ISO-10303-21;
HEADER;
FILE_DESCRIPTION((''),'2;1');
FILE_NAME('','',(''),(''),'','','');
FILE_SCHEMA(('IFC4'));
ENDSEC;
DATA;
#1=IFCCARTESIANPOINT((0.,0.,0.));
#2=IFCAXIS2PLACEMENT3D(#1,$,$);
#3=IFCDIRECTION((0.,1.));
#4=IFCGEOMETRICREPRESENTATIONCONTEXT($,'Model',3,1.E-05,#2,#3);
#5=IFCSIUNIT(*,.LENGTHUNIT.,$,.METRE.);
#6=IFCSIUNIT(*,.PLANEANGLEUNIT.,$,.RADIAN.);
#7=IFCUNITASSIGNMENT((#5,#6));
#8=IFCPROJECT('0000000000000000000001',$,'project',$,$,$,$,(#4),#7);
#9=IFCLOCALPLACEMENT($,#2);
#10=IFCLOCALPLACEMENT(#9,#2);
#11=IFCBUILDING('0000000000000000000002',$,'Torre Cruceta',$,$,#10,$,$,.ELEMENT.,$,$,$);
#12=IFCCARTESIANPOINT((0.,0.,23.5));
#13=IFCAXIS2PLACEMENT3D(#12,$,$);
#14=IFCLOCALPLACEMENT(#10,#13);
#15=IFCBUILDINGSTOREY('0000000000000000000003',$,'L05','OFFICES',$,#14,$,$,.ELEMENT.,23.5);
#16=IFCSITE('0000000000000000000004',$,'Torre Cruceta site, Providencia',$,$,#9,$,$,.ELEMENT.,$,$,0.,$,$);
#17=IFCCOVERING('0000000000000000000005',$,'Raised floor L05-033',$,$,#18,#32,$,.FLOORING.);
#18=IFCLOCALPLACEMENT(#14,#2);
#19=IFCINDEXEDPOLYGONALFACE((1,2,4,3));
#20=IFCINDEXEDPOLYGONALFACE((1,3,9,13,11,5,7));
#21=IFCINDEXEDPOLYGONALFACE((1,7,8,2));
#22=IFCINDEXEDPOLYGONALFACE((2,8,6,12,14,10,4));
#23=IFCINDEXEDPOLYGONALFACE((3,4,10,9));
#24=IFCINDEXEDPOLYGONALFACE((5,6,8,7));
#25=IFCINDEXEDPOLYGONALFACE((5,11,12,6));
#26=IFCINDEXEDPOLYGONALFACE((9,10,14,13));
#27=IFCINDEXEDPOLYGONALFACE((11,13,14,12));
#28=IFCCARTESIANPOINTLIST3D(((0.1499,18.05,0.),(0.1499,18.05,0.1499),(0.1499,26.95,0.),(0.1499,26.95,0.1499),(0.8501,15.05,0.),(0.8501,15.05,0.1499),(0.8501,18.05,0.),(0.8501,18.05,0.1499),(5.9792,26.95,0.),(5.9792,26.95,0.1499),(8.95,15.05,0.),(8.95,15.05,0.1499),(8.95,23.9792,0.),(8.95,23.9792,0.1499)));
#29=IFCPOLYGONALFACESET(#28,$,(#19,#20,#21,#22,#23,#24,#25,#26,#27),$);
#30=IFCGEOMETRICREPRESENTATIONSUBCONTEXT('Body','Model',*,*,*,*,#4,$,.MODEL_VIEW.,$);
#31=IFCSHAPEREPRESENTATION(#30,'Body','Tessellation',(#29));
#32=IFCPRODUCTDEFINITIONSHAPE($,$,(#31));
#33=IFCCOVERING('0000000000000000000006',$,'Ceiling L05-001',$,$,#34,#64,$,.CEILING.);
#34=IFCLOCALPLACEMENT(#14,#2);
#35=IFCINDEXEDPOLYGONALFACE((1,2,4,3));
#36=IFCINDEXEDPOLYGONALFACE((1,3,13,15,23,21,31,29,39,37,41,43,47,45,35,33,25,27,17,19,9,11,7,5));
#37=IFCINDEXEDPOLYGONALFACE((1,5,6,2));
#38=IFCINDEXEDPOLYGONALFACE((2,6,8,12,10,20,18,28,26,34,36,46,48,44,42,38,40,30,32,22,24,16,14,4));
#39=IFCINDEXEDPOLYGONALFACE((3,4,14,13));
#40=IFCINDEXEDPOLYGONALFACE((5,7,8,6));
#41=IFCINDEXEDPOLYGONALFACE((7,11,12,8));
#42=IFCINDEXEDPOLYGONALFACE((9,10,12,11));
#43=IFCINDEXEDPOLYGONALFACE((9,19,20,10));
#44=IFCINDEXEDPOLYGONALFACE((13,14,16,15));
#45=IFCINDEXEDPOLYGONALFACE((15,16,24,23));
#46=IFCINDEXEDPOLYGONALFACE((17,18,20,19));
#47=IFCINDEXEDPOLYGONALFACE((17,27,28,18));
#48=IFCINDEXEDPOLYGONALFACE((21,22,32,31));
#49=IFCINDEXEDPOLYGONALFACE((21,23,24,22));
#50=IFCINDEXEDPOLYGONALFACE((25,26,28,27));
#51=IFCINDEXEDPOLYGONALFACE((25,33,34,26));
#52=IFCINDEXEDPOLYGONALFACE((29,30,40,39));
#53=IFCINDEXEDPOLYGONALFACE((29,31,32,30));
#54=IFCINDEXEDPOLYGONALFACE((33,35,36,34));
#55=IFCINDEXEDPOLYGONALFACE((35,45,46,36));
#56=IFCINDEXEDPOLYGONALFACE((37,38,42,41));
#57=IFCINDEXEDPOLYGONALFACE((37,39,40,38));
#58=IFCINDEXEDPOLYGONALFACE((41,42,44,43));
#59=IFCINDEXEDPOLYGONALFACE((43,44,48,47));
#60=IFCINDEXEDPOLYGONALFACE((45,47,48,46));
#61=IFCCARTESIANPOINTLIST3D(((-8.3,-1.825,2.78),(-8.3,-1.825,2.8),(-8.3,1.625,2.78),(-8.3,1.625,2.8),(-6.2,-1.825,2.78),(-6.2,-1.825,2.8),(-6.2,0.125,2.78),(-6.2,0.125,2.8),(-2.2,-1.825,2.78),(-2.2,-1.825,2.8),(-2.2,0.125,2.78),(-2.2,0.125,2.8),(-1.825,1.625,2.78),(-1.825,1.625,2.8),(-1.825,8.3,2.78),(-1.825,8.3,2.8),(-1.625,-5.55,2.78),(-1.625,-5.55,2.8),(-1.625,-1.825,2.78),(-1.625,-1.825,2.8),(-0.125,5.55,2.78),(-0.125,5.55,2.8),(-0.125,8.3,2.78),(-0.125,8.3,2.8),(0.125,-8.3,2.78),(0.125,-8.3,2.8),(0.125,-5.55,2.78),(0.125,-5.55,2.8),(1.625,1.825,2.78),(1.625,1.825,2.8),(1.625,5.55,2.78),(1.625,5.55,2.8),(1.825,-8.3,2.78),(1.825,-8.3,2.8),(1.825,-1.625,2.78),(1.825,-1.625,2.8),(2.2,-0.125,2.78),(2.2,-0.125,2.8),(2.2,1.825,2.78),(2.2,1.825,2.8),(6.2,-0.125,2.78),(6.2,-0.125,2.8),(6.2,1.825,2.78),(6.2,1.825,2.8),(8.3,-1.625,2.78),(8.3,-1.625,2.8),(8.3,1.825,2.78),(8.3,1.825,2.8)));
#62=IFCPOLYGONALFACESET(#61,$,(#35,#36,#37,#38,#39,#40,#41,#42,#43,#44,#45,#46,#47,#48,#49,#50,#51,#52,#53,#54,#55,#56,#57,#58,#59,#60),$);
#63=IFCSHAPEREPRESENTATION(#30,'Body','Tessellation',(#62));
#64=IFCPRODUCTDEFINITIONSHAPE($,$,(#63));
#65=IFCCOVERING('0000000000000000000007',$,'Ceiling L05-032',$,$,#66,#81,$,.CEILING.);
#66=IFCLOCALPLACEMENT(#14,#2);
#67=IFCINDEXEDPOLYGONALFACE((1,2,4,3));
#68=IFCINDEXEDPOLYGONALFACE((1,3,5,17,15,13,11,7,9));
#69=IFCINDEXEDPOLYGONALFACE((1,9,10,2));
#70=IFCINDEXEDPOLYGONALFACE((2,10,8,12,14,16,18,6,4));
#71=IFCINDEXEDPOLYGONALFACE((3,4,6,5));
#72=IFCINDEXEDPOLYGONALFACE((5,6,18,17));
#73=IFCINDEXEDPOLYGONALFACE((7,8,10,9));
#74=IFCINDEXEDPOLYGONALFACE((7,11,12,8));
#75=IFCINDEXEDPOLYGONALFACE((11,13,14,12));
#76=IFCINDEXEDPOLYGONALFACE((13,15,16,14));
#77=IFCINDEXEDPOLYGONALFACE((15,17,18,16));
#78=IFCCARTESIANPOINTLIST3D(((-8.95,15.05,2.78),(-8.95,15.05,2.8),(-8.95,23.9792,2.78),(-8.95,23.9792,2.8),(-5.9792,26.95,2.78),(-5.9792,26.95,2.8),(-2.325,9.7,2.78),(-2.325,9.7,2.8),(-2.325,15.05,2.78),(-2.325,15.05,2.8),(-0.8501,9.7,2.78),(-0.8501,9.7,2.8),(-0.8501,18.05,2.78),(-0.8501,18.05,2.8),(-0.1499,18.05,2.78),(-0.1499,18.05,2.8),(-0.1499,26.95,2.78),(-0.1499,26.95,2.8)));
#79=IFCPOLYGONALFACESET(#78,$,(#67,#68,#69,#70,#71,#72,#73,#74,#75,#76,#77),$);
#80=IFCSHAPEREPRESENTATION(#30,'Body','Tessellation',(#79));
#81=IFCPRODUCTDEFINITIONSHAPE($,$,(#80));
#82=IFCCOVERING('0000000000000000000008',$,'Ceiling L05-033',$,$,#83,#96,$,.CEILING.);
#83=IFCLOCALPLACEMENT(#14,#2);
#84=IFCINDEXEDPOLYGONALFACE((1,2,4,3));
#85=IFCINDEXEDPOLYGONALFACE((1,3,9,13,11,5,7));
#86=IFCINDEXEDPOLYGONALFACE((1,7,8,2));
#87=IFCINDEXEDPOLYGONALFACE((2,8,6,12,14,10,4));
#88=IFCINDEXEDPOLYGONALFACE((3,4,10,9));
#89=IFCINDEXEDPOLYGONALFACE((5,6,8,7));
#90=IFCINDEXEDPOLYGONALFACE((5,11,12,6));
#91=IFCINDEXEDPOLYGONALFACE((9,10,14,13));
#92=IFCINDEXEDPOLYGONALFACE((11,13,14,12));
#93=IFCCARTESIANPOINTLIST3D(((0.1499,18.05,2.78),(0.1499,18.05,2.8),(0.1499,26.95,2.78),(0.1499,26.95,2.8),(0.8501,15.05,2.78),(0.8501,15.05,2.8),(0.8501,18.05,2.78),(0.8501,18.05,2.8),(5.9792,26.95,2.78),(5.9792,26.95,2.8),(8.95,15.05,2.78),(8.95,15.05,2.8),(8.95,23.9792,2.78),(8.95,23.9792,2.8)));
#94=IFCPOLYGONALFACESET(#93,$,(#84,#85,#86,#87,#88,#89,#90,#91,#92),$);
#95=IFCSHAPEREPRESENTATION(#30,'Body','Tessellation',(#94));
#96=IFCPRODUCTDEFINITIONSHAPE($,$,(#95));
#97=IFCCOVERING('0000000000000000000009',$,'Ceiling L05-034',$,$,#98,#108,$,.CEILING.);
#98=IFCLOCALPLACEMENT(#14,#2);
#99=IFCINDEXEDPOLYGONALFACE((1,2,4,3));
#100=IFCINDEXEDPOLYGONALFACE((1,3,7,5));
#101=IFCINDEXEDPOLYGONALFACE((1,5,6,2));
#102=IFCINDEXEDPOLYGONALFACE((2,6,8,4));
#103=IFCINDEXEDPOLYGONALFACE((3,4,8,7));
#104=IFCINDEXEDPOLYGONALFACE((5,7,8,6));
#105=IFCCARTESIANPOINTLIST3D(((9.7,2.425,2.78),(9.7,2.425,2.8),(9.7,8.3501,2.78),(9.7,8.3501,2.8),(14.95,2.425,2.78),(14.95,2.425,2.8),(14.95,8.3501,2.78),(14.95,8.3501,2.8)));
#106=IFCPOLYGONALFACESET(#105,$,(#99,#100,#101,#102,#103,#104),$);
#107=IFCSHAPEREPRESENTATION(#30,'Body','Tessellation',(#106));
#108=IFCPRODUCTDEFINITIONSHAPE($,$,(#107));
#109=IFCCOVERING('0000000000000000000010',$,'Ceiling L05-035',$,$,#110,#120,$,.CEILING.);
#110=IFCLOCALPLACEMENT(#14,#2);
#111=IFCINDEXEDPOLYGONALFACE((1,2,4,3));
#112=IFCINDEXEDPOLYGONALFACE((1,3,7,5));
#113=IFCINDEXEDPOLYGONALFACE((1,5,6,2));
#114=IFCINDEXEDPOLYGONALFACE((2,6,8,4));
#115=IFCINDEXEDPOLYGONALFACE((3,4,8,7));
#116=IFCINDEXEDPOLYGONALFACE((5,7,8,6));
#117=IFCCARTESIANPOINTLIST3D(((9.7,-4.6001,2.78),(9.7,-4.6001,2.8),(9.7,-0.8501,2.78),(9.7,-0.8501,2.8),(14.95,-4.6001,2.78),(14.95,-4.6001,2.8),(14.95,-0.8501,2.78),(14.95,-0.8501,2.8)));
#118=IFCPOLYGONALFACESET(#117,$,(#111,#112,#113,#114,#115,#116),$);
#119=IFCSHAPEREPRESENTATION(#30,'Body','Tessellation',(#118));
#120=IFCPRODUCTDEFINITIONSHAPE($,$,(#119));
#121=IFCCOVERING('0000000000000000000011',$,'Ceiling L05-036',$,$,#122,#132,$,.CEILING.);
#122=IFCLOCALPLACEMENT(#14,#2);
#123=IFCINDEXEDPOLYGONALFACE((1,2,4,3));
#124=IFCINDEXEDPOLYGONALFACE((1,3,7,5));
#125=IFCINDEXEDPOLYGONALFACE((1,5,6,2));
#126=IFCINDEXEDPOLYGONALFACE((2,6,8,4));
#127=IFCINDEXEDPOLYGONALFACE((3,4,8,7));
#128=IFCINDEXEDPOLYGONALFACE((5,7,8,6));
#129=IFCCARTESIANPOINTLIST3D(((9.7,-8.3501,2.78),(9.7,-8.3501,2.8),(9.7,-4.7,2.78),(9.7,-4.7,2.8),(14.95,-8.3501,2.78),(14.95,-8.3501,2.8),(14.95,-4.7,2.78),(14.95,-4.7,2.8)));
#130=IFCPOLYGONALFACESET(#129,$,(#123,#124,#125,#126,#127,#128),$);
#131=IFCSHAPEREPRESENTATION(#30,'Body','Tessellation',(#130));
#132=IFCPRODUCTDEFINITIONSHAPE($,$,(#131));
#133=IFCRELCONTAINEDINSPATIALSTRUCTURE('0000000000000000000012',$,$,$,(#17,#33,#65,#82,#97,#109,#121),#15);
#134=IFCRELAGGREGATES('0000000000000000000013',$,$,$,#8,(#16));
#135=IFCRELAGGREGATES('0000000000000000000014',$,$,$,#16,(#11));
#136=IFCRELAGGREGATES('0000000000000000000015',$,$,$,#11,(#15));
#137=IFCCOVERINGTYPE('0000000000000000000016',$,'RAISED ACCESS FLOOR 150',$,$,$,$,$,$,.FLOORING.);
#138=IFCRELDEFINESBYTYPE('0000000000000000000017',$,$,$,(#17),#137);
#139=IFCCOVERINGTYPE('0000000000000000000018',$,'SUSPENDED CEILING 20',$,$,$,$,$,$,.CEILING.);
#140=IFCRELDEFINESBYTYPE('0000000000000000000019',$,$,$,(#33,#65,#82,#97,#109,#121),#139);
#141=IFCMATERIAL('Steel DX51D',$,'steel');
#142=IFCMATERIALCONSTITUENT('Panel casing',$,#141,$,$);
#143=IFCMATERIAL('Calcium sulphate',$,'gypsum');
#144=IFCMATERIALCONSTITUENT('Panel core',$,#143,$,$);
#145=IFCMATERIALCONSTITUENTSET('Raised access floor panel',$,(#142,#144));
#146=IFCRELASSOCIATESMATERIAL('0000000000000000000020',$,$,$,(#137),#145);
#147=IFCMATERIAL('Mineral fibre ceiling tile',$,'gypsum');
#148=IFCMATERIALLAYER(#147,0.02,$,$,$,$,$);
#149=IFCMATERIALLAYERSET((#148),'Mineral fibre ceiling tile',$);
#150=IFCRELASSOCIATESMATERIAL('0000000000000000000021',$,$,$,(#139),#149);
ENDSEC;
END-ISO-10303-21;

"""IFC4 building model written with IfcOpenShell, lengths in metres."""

from ifc_helpers import new_model, si_unit, direction, frame, origin, place, context, subcontext, project, spatial, polyline, outline, extrude, material, layer, layer_set, constituent, constituent_set, type_object, element, save


model = new_model("IFC4")

# Units and contexts
model_context = context("Model", 3, precision=1e-05, world=origin(), true_north=direction((0.0, 1.0)))
body_context = subcontext(model_context, "Body", "Model", "MODEL_VIEW")
ifc_project = project(units=[si_unit("LENGTHUNIT", "METRE"), si_unit("PLANEANGLEUNIT", "RADIAN")], contexts=[model_context])

# Site, building, storey
site_placement = place(None, origin())
site = spatial("IfcSite", under=ifc_project, at=site_placement, Name="Torre Cruceta site, Providencia", CompositionType="ELEMENT", RefElevation=0.0)
building_placement = place(site_placement, origin())
building = spatial("IfcBuilding", under=site, at=building_placement, Name="Torre Cruceta", CompositionType="ELEMENT")
storey_placement = place(building_placement, frame((0.0, 0.0, 23.5)))
storey = spatial("IfcBuildingStorey", under=building, at=storey_placement, Name="L05", Description="OFFICES", CompositionType="ELEMENT", Elevation=23.5)

# Coverings
ifc_material_1 = material(Name="Steel DX51D", Category="steel")
ifc_constituent_1 = constituent(ifc_material_1, Name="Panel casing")
ifc_material_2 = material(Name="Calcium sulphate", Category="gypsum")
ifc_constituent_2 = constituent(ifc_material_2, Name="Panel core")
ifc_constituent_set_1 = constituent_set(constituents=[ifc_constituent_1, ifc_constituent_2], Name="Raised access floor panel")
covering_type_1 = type_object("IfcCoveringType", Name="RAISED ACCESS FLOOR 150", PredefinedType="FLOORING", material=ifc_constituent_set_1)
covering_1_placement = place(storey_placement, origin())
element("IfcCovering", 1, at=covering_1_placement, inside=storey, type_object=covering_type_1, Name="Raised floor L05-033", PredefinedType="FLOORING", context=body_context, shape_type="SweptSolid", body=[
    extrude(outline(polyline([(5.9792, 26.95), (8.95, 23.9792), (8.95, 15.05), (0.8501, 15.05), (0.8501, 18.05), (0.1499, 18.05), (0.1499, 26.95), (5.9792, 26.95)])), origin(), (0.0, 0.0, 1.0), 0.1499),
])
ifc_material_3 = material(Name="Mineral fibre ceiling tile", Category="gypsum")
ifc_layer_1 = layer(ifc_material_3, 0.02)
ifc_layer_set_1 = layer_set([ifc_layer_1], Name="Mineral fibre ceiling tile")
covering_type_2 = type_object("IfcCoveringType", Name="SUSPENDED CEILING 20", PredefinedType="CEILING", material=ifc_layer_set_1)
covering_2_placement = place(storey_placement, frame((0.0, 0.0, 2.78)))
element("IfcCovering", 2, at=covering_2_placement, inside=storey, type_object=covering_type_2, Name="Ceiling L05-001", PredefinedType="CEILING", context=body_context, shape_type="SweptSolid", body=[
    extrude(outline(polyline([(1.825, -8.3), (0.125, -8.3), (0.125, -5.55), (-1.625, -5.55), (-1.625, -1.825), (-2.2, -1.825), (-2.2, 0.125), (-6.2, 0.125), (-6.2, -1.825), (-8.3, -1.825), (-8.3, 1.625), (-1.825, 1.625), (-1.825, 8.3), (-0.125, 8.3), (-0.125, 5.55), (1.625, 5.55), (1.625, 1.825), (2.2, 1.825), (2.2, -0.125), (6.2, -0.125), (6.2, 1.825), (8.3, 1.825), (8.3, -1.625), (1.825, -1.625), (1.825, -8.3)])), origin(), (0.0, 0.0, 1.0), 0.02),
])
covering_3_placement = place(storey_placement, frame((0.0, 0.0, 2.78)))
element("IfcCovering", 3, at=covering_3_placement, inside=storey, type_object=covering_type_2, Name="Ceiling L05-032", PredefinedType="CEILING", context=body_context, shape_type="SweptSolid", body=[
    extrude(outline(polyline([(-0.1499, 26.95), (-0.1499, 18.05), (-0.8501, 18.05), (-0.8501, 9.7), (-2.325, 9.7), (-2.325, 15.05), (-8.95, 15.05), (-8.95, 23.9792), (-5.9792, 26.95), (-0.1499, 26.95)])), origin(), (0.0, 0.0, 1.0), 0.02),
])
covering_4_placement = place(storey_placement, frame((0.0, 0.0, 2.78)))
element("IfcCovering", 4, at=covering_4_placement, inside=storey, type_object=covering_type_2, Name="Ceiling L05-033", PredefinedType="CEILING", context=body_context, shape_type="SweptSolid", body=[
    extrude(outline(polyline([(5.9792, 26.95), (8.95, 23.9792), (8.95, 15.05), (0.8501, 15.05), (0.8501, 18.05), (0.1499, 18.05), (0.1499, 26.95), (5.9792, 26.95)])), origin(), (0.0, 0.0, 1.0), 0.02),
])
covering_5_placement = place(storey_placement, frame((0.0, 0.0, 2.78)))
element("IfcCovering", 5, at=covering_5_placement, inside=storey, type_object=covering_type_2, Name="Ceiling L05-034", PredefinedType="CEILING", context=body_context, shape_type="SweptSolid", body=[
    extrude(outline(polyline([(9.7, 2.425), (9.7, 8.3501), (14.95, 8.3501), (14.95, 2.425), (9.7, 2.425)])), origin(), (0.0, 0.0, 1.0), 0.02),
])
covering_6_placement = place(storey_placement, frame((0.0, 0.0, 2.78)))
element("IfcCovering", 6, at=covering_6_placement, inside=storey, type_object=covering_type_2, Name="Ceiling L05-035", PredefinedType="CEILING", context=body_context, shape_type="SweptSolid", body=[
    extrude(outline(polyline([(9.7, -4.6001), (9.7, -0.8501), (14.95, -0.8501), (14.95, -4.6001), (9.7, -4.6001)])), origin(), (0.0, 0.0, 1.0), 0.02),
])
covering_7_placement = place(storey_placement, frame((0.0, 0.0, 2.78)))
element("IfcCovering", 7, at=covering_7_placement, inside=storey, type_object=covering_type_2, Name="Ceiling L05-036", PredefinedType="CEILING", context=body_context, shape_type="SweptSolid", body=[
    extrude(outline(polyline([(9.7, -8.3501), (9.7, -4.7), (14.95, -4.7), (14.95, -8.3501), (9.7, -8.3501)])), origin(), (0.0, 0.0, 1.0), 0.02),
])

save(model, "model.ifc")
